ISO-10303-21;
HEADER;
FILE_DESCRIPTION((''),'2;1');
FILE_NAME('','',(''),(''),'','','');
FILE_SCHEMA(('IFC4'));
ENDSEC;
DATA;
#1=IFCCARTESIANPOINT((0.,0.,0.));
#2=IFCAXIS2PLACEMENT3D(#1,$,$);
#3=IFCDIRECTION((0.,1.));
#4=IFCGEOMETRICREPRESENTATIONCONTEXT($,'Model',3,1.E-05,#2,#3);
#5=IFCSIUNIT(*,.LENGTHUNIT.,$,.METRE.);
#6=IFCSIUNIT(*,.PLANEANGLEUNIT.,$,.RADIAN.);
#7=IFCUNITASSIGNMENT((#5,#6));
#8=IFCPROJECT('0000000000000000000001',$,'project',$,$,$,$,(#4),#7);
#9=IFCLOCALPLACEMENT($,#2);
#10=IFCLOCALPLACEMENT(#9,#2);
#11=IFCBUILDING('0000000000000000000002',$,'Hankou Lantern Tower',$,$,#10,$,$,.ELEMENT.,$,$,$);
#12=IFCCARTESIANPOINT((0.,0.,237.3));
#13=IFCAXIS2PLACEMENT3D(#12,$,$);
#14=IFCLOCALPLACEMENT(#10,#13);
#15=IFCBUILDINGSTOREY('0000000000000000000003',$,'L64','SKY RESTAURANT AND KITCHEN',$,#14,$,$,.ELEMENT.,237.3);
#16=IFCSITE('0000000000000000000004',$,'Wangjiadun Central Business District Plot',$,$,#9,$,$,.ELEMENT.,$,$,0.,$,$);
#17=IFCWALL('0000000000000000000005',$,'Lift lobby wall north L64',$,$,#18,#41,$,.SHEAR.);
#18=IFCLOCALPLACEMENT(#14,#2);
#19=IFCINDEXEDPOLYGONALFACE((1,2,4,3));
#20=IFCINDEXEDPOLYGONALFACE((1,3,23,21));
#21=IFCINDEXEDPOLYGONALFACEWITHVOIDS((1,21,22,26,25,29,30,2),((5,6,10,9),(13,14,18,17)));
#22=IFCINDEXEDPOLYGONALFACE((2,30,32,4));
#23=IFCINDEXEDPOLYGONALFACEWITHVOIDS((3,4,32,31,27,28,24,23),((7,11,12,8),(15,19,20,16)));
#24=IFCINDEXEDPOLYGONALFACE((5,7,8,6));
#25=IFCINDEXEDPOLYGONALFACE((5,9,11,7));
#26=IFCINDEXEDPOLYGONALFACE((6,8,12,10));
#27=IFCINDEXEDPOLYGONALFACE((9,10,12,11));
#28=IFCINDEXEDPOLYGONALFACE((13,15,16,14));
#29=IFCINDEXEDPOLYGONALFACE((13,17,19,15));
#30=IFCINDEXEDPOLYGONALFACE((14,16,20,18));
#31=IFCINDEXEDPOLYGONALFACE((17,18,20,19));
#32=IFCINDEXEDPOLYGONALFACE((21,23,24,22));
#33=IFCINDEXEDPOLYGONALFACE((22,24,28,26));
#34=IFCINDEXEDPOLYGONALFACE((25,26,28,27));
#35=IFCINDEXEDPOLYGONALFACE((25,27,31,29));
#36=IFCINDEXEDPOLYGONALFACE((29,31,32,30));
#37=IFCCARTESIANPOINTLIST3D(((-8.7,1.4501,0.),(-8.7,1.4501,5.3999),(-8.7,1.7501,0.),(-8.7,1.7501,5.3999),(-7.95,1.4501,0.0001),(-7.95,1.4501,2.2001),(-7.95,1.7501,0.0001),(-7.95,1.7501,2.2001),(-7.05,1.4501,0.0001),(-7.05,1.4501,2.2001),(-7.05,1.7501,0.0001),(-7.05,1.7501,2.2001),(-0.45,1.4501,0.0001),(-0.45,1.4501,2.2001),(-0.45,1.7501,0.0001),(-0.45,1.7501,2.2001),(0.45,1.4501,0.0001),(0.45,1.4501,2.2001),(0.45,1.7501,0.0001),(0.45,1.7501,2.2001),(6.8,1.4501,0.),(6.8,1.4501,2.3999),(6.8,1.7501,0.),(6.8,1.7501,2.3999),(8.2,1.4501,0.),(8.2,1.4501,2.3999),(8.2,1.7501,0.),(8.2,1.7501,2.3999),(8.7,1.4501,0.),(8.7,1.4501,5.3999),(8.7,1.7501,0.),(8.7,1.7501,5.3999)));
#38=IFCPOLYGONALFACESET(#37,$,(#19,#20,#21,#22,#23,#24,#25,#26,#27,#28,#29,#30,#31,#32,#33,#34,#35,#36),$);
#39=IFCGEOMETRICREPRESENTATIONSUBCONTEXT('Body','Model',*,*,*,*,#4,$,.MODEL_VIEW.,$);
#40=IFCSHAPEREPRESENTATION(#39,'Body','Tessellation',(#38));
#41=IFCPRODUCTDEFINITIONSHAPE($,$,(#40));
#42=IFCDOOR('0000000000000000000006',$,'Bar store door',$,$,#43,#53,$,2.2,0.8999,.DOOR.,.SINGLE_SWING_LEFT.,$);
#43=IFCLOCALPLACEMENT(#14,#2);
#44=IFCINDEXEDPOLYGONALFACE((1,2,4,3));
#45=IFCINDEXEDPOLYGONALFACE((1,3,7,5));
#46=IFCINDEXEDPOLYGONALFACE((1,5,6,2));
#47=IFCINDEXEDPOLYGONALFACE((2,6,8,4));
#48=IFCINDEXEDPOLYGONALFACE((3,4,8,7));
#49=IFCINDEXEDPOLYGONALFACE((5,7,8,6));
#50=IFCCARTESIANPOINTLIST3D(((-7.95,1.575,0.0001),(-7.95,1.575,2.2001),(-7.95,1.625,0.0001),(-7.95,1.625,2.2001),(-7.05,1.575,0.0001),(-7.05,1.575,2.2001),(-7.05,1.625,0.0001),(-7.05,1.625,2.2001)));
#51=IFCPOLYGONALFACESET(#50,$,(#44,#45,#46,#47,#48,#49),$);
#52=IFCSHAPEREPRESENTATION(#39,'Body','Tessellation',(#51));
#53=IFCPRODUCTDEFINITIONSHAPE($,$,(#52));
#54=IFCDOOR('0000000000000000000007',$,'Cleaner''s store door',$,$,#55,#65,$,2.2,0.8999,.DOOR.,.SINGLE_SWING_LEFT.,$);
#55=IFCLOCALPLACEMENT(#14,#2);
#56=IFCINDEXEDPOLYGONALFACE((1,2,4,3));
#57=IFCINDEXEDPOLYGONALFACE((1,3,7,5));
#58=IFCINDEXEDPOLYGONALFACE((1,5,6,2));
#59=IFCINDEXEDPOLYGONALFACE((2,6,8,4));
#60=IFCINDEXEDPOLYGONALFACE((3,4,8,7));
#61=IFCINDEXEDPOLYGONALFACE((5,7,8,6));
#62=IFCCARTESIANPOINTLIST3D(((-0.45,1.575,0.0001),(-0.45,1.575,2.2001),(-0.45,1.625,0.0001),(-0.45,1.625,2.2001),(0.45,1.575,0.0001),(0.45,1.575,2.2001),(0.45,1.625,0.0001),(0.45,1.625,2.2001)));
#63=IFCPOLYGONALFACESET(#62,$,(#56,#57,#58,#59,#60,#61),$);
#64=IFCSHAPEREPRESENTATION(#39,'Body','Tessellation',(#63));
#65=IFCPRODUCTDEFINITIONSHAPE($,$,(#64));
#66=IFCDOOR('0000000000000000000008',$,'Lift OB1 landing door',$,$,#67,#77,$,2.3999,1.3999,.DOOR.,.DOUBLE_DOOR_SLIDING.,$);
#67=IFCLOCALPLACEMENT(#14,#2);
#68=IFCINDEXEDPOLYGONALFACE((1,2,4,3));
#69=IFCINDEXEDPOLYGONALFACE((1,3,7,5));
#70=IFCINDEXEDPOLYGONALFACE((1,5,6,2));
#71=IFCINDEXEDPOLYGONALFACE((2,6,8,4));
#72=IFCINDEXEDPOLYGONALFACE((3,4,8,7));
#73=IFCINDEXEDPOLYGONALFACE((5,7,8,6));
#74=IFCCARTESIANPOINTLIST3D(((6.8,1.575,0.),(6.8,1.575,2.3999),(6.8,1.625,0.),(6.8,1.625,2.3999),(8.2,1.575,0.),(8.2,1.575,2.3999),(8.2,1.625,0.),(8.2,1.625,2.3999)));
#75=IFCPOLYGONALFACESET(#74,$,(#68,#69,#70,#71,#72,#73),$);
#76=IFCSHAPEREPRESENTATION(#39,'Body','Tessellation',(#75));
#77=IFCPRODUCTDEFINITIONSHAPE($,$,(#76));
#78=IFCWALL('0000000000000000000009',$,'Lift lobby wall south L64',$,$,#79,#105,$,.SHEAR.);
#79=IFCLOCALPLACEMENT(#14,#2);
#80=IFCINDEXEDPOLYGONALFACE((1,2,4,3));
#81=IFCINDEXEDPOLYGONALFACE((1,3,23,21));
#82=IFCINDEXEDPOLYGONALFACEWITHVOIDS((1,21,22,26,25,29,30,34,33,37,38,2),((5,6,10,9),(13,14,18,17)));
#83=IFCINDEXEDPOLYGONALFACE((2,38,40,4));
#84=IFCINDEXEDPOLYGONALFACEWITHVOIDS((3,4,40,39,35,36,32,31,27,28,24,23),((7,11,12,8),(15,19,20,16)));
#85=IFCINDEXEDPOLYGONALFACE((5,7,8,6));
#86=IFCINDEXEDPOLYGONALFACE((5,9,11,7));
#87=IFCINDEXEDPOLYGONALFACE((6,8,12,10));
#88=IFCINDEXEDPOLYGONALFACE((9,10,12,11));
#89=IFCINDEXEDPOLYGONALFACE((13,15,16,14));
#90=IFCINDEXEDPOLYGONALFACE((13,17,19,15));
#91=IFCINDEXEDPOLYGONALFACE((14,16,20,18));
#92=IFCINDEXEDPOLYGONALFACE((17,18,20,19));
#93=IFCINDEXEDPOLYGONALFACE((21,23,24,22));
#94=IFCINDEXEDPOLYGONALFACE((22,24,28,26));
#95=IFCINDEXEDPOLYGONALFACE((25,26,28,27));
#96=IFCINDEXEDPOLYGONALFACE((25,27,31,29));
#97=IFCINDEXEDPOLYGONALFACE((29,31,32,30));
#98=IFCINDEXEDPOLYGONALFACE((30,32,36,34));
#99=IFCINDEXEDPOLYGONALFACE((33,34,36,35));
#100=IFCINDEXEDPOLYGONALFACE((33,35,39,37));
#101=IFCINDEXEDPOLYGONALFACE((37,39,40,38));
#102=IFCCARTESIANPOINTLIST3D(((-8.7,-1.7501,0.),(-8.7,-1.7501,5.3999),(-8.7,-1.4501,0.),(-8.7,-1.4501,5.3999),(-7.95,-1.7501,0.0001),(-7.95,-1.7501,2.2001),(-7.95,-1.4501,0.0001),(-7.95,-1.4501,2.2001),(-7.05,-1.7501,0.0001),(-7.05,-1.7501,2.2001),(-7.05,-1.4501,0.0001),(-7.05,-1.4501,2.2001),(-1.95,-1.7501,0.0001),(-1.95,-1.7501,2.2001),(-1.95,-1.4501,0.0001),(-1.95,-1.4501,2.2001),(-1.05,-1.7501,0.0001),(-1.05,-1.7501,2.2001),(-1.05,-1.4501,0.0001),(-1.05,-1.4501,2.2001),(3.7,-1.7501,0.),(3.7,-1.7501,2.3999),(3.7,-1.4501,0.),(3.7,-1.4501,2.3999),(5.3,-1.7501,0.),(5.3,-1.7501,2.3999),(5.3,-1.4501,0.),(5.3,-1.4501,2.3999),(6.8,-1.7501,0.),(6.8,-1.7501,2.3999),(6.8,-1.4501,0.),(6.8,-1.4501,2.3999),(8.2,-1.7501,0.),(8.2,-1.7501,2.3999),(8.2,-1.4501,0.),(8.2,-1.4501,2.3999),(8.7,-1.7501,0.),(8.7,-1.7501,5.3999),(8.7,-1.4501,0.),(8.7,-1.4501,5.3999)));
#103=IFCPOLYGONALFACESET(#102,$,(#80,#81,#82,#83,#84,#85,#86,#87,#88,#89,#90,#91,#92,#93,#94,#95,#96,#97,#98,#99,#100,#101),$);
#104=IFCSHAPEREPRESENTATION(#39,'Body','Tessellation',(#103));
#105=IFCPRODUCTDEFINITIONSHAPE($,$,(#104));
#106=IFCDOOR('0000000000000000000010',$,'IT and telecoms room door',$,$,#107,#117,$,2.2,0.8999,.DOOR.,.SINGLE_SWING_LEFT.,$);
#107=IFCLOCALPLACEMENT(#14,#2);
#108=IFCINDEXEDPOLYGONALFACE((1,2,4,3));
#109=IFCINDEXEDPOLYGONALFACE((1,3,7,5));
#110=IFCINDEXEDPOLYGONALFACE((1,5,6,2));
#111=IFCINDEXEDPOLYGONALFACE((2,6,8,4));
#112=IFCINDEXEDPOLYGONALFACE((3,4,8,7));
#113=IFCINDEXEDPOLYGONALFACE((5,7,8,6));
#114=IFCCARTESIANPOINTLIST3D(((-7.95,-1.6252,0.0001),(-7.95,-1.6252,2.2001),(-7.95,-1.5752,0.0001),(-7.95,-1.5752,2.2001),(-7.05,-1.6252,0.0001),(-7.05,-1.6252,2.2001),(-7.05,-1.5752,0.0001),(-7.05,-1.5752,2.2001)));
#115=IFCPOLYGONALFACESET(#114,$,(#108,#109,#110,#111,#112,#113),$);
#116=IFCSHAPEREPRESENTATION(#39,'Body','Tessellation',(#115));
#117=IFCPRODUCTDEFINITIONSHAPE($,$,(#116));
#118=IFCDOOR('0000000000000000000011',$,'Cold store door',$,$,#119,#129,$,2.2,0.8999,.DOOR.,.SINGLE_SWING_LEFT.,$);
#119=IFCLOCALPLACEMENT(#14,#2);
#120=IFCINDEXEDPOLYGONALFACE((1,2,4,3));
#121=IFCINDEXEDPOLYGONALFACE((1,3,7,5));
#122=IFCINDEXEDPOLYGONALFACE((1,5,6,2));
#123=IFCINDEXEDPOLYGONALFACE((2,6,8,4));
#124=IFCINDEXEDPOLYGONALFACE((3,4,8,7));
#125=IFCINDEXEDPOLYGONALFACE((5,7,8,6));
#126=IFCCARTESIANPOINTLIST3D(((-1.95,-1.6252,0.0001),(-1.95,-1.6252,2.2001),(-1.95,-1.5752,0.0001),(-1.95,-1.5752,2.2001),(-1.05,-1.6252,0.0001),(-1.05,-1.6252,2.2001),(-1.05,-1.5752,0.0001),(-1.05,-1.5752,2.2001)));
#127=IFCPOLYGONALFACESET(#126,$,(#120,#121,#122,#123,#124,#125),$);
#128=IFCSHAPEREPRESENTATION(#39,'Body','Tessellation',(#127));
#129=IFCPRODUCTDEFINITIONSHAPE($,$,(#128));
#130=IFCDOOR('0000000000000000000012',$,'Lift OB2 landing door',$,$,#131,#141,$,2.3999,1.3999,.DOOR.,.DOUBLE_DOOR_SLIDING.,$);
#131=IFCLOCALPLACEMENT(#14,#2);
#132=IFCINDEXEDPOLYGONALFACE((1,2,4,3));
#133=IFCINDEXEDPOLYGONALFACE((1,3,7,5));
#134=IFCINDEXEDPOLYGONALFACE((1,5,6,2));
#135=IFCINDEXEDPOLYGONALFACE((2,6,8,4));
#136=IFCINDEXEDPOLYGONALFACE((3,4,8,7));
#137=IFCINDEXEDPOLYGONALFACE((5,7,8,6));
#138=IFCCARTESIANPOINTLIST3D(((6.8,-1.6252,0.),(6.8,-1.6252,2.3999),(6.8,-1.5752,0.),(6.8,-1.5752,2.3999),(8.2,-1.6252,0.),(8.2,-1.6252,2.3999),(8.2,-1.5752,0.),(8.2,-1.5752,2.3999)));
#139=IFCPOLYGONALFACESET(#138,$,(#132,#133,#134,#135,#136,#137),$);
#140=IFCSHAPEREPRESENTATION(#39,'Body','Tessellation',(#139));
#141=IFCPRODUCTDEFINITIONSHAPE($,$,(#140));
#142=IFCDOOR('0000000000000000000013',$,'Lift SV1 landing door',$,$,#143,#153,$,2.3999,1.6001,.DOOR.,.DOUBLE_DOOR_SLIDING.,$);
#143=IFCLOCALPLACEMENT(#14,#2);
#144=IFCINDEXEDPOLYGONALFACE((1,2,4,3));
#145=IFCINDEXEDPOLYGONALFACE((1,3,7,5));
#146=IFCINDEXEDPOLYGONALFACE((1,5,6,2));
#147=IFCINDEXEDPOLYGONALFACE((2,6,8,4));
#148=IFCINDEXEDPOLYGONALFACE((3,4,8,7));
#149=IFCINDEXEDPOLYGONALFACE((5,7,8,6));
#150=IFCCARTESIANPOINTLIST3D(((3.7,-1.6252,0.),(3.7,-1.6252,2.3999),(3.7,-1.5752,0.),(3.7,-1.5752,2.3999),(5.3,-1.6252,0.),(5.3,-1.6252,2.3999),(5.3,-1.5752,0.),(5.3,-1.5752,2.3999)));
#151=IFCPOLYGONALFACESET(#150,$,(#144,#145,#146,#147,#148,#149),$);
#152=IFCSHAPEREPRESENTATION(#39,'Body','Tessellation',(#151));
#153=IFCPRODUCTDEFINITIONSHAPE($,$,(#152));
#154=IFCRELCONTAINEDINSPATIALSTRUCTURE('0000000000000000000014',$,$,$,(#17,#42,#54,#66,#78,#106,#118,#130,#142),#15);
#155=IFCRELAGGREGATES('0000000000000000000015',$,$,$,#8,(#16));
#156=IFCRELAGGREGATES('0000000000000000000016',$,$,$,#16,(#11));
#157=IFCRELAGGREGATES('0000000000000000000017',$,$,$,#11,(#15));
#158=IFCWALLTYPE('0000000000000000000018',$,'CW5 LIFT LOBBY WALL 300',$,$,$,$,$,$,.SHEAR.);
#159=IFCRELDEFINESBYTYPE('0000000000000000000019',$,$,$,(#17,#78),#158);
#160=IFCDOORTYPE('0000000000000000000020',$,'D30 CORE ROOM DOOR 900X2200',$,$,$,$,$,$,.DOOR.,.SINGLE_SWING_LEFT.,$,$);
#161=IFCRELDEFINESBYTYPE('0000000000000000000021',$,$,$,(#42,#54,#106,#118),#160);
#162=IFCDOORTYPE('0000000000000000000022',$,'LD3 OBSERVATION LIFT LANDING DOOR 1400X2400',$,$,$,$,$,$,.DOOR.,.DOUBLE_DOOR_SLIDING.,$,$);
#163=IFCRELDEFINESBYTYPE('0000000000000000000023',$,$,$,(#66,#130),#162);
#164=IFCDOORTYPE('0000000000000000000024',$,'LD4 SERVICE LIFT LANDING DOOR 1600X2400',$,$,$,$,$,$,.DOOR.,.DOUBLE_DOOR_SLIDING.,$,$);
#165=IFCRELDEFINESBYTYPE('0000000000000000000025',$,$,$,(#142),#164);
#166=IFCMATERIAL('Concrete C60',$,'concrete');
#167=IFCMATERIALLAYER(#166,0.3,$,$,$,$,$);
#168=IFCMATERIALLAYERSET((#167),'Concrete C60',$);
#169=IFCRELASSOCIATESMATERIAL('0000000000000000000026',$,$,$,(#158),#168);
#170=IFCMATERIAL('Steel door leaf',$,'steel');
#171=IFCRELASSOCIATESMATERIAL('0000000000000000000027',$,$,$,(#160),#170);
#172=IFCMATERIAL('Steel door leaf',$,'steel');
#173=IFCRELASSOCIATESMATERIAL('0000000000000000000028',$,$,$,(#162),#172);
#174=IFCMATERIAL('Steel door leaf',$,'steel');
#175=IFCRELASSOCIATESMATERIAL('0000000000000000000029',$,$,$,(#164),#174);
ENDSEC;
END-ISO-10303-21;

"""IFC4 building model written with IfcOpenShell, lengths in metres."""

from ifc_helpers import new_model, si_unit, direction, frame, frame_2d, origin, place, context, subcontext, project, spatial, rectangle, extrude, material, layer, layer_set, type_object, element, fill, save


model = new_model("IFC4")

# Units and contexts
model_context = context("Model", 3, precision=1e-05, world=origin(), true_north=direction((0.0, 1.0)))
body_context = subcontext(model_context, "Body", "Model", "MODEL_VIEW")
ifc_project = project(units=[si_unit("LENGTHUNIT", "METRE"), si_unit("PLANEANGLEUNIT", "RADIAN")], contexts=[model_context])

# Site, building, storey
site_placement = place(None, origin())
site = spatial("IfcSite", under=ifc_project, at=site_placement, Name="Wangjiadun Central Business District Plot", CompositionType="ELEMENT", RefElevation=0.0)
building_placement = place(site_placement, origin())
building = spatial("IfcBuilding", under=site, at=building_placement, Name="Hankou Lantern Tower", CompositionType="ELEMENT")
storey_placement = place(building_placement, frame((0.0, 0.0, 237.3)))
storey = spatial("IfcBuildingStorey", under=building, at=storey_placement, Name="L64", Description="SKY RESTAURANT AND KITCHEN", CompositionType="ELEMENT", Elevation=237.3)

# Walls, openings, doors
ifc_material_1 = material(Name="Concrete C60", Category="concrete")
ifc_layer_1 = layer(ifc_material_1, 0.3)
ifc_layer_set_1 = layer_set([ifc_layer_1], Name="Concrete C60")
wall_type_1 = type_object("IfcWallType", Name="CW5 LIFT LOBBY WALL 300", PredefinedType="SHEAR", material=ifc_layer_set_1)
wall_1_placement = place(storey_placement, frame((-8.7, 1.6001, 0.0), z_axis=(0.0, 0.0, 1.0), x_axis=(1.0, 0.0, 0.0)))
wall_1 = element("IfcWall", 1, at=wall_1_placement, inside=storey, type_object=wall_type_1, Name="Lift lobby wall north L64", PredefinedType="SHEAR", context=body_context, shape_type="SweptSolid", body=[
    extrude(rectangle(XDim=17.3999, YDim=0.3, at=frame_2d((8.7, 0.0))), origin(), (0.0, 0.0, 1.0), 5.3999),
])
opening_1_placement = place(wall_1_placement, frame((15.5, 0.0, 0.0)))
opening_1 = element("IfcOpeningElement", 2, at=opening_1_placement, cuts=wall_1, PredefinedType="OPENING", context=body_context, shape_type="SweptSolid", body=[
    extrude(rectangle(XDim=1.3999, YDim=2.3999, at=frame_2d((0.7, 1.2))), frame((0.0, 0.1599, 0.0), z_axis=(0.0, -1.0, 0.0), x_axis=(1.0, 0.0, 0.0)), (0.0, 0.0, 1.0), 0.3201),
])
opening_2_placement = place(wall_1_placement, frame((0.75, 0.0, 0.0)))
opening_2 = element("IfcOpeningElement", 3, at=opening_2_placement, cuts=wall_1, PredefinedType="OPENING", context=body_context, shape_type="SweptSolid", body=[
    extrude(rectangle(XDim=0.8999, YDim=2.2, at=frame_2d((0.45, 1.1001))), frame((0.0, 0.1599, 0.0), z_axis=(0.0, -1.0, 0.0), x_axis=(1.0, 0.0, 0.0)), (0.0, 0.0, 1.0), 0.3201),
])
opening_3_placement = place(wall_1_placement, frame((8.25, 0.0, 0.0)))
opening_3 = element("IfcOpeningElement", 4, at=opening_3_placement, cuts=wall_1, PredefinedType="OPENING", context=body_context, shape_type="SweptSolid", body=[
    extrude(rectangle(XDim=0.8999, YDim=2.2, at=frame_2d((0.45, 1.1001))), frame((0.0, 0.1599, 0.0), z_axis=(0.0, -1.0, 0.0), x_axis=(1.0, 0.0, 0.0)), (0.0, 0.0, 1.0), 0.3201),
])
ifc_material_2 = material(Name="Steel door leaf", Category="steel")
door_type_1 = type_object("IfcDoorType", Name="D30 CORE ROOM DOOR 900X2200", OperationType="SINGLE_SWING_LEFT", PredefinedType="DOOR", material=ifc_material_2)
door_1_placement = place(opening_2_placement, origin())
door_1 = element("IfcDoor", 5, at=door_1_placement, inside=storey, type_object=door_type_1, Name="Bar store door", OperationType="SINGLE_SWING_LEFT", OverallHeight=2.2, OverallWidth=0.8999, PredefinedType="DOOR", context=body_context, shape_type="SweptSolid", body=[
    extrude(rectangle(XDim=0.8999, YDim=2.2, at=frame_2d((0.45, 1.1001))), frame((0.0, 0.0249, 0.0), z_axis=(0.0, -1.0, 0.0), x_axis=(1.0, 0.0, 0.0)), (0.0, 0.0, 1.0), 0.05),
])
fill(opening_2, door_1)
door_2_placement = place(opening_3_placement, origin())
door_2 = element("IfcDoor", 6, at=door_2_placement, inside=storey, type_object=door_type_1, Name="Cleaner's store door", OperationType="SINGLE_SWING_LEFT", OverallHeight=2.2, OverallWidth=0.8999, PredefinedType="DOOR", context=body_context, shape_type="SweptSolid", body=[
    extrude(rectangle(XDim=0.8999, YDim=2.2, at=frame_2d((0.45, 1.1001))), frame((0.0, 0.0249, 0.0), z_axis=(0.0, -1.0, 0.0), x_axis=(1.0, 0.0, 0.0)), (0.0, 0.0, 1.0), 0.05),
])
fill(opening_3, door_2)
ifc_material_3 = material(Name="Steel door leaf", Category="steel")
door_type_2 = type_object("IfcDoorType", Name="LD3 OBSERVATION LIFT LANDING DOOR 1400X2400", OperationType="DOUBLE_DOOR_SLIDING", PredefinedType="DOOR", material=ifc_material_3)
door_3_placement = place(opening_1_placement, origin())
door_3 = element("IfcDoor", 7, at=door_3_placement, inside=storey, type_object=door_type_2, Name="Lift OB1 landing door", OperationType="DOUBLE_DOOR_SLIDING", OverallHeight=2.3999, OverallWidth=1.3999, PredefinedType="DOOR", context=body_context, shape_type="SweptSolid", body=[
    extrude(rectangle(XDim=1.3999, YDim=2.3999, at=frame_2d((0.7, 1.2))), frame((0.0, 0.0249, 0.0), z_axis=(0.0, -1.0, 0.0), x_axis=(1.0, 0.0, 0.0)), (0.0, 0.0, 1.0), 0.05),
])
fill(opening_1, door_3)
wall_2_placement = place(storey_placement, frame((-8.7, -1.6001, 0.0), z_axis=(0.0, 0.0, 1.0), x_axis=(1.0, 0.0, 0.0)))
wall_2 = element("IfcWall", 8, at=wall_2_placement, inside=storey, type_object=wall_type_1, Name="Lift lobby wall south L64", PredefinedType="SHEAR", context=body_context, shape_type="SweptSolid", body=[
    extrude(rectangle(XDim=17.3999, YDim=0.3, at=frame_2d((8.7, 0.0))), origin(), (0.0, 0.0, 1.0), 5.3999),
])
opening_4_placement = place(wall_2_placement, frame((12.3999, 0.0, 0.0)))
opening_4 = element("IfcOpeningElement", 9, at=opening_4_placement, cuts=wall_2, PredefinedType="OPENING", context=body_context, shape_type="SweptSolid", body=[
    extrude(rectangle(XDim=1.6001, YDim=2.3999, at=frame_2d((0.8, 1.2))), frame((0.0, 0.1599, 0.0), z_axis=(0.0, -1.0, 0.0), x_axis=(1.0, 0.0, 0.0)), (0.0, 0.0, 1.0), 0.3201),
])
opening_5_placement = place(wall_2_placement, frame((15.5, 0.0, 0.0)))
opening_5 = element("IfcOpeningElement", 10, at=opening_5_placement, cuts=wall_2, PredefinedType="OPENING", context=body_context, shape_type="SweptSolid", body=[
    extrude(rectangle(XDim=1.3999, YDim=2.3999, at=frame_2d((0.7, 1.2))), frame((0.0, 0.1599, 0.0), z_axis=(0.0, -1.0, 0.0), x_axis=(1.0, 0.0, 0.0)), (0.0, 0.0, 1.0), 0.3201),
])
opening_6_placement = place(wall_2_placement, frame((0.75, 0.0, 0.0)))
opening_6 = element("IfcOpeningElement", 11, at=opening_6_placement, cuts=wall_2, PredefinedType="OPENING", context=body_context, shape_type="SweptSolid", body=[
    extrude(rectangle(XDim=0.8999, YDim=2.2, at=frame_2d((0.45, 1.1001))), frame((0.0, 0.1599, 0.0), z_axis=(0.0, -1.0, 0.0), x_axis=(1.0, 0.0, 0.0)), (0.0, 0.0, 1.0), 0.3201),
])
opening_7_placement = place(wall_2_placement, frame((6.75, 0.0, 0.0)))
opening_7 = element("IfcOpeningElement", 12, at=opening_7_placement, cuts=wall_2, PredefinedType="OPENING", context=body_context, shape_type="SweptSolid", body=[
    extrude(rectangle(XDim=0.8999, YDim=2.2, at=frame_2d((0.45, 1.1001))), frame((0.0, 0.1599, 0.0), z_axis=(0.0, -1.0, 0.0), x_axis=(1.0, 0.0, 0.0)), (0.0, 0.0, 1.0), 0.3201),
])
door_4_placement = place(opening_6_placement, origin())
door_4 = element("IfcDoor", 13, at=door_4_placement, inside=storey, type_object=door_type_1, Name="IT and telecoms room door", OperationType="SINGLE_SWING_LEFT", OverallHeight=2.2, OverallWidth=0.8999, PredefinedType="DOOR", context=body_context, shape_type="SweptSolid", body=[
    extrude(rectangle(XDim=0.8999, YDim=2.2, at=frame_2d((0.45, 1.1001))), frame((0.0, 0.0249, 0.0), z_axis=(0.0, -1.0, 0.0), x_axis=(1.0, 0.0, 0.0)), (0.0, 0.0, 1.0), 0.05),
])
fill(opening_6, door_4)
door_5_placement = place(opening_7_placement, origin())
door_5 = element("IfcDoor", 14, at=door_5_placement, inside=storey, type_object=door_type_1, Name="Cold store door", OperationType="SINGLE_SWING_LEFT", OverallHeight=2.2, OverallWidth=0.8999, PredefinedType="DOOR", context=body_context, shape_type="SweptSolid", body=[
    extrude(rectangle(XDim=0.8999, YDim=2.2, at=frame_2d((0.45, 1.1001))), frame((0.0, 0.0249, 0.0), z_axis=(0.0, -1.0, 0.0), x_axis=(1.0, 0.0, 0.0)), (0.0, 0.0, 1.0), 0.05),
])
fill(opening_7, door_5)
door_6_placement = place(opening_5_placement, origin())
door_6 = element("IfcDoor", 15, at=door_6_placement, inside=storey, type_object=door_type_2, Name="Lift OB2 landing door", OperationType="DOUBLE_DOOR_SLIDING", OverallHeight=2.3999, OverallWidth=1.3999, PredefinedType="DOOR", context=body_context, shape_type="SweptSolid", body=[
    extrude(rectangle(XDim=1.3999, YDim=2.3999, at=frame_2d((0.7, 1.2))), frame((0.0, 0.0249, 0.0), z_axis=(0.0, -1.0, 0.0), x_axis=(1.0, 0.0, 0.0)), (0.0, 0.0, 1.0), 0.05),
])
fill(opening_5, door_6)
ifc_material_4 = material(Name="Steel door leaf", Category="steel")
door_type_3 = type_object("IfcDoorType", Name="LD4 SERVICE LIFT LANDING DOOR 1600X2400", OperationType="DOUBLE_DOOR_SLIDING", PredefinedType="DOOR", material=ifc_material_4)
door_7_placement = place(opening_4_placement, origin())
door_7 = element("IfcDoor", 16, at=door_7_placement, inside=storey, type_object=door_type_3, Name="Lift SV1 landing door", OperationType="DOUBLE_DOOR_SLIDING", OverallHeight=2.3999, OverallWidth=1.6001, PredefinedType="DOOR", context=body_context, shape_type="SweptSolid", body=[
    extrude(rectangle(XDim=1.6001, YDim=2.3999, at=frame_2d((0.8, 1.2))), frame((0.0, 0.0249, 0.0), z_axis=(0.0, -1.0, 0.0), x_axis=(1.0, 0.0, 0.0)), (0.0, 0.0, 1.0), 0.05),
])
fill(opening_4, door_7)

save(model, "model.ifc")
